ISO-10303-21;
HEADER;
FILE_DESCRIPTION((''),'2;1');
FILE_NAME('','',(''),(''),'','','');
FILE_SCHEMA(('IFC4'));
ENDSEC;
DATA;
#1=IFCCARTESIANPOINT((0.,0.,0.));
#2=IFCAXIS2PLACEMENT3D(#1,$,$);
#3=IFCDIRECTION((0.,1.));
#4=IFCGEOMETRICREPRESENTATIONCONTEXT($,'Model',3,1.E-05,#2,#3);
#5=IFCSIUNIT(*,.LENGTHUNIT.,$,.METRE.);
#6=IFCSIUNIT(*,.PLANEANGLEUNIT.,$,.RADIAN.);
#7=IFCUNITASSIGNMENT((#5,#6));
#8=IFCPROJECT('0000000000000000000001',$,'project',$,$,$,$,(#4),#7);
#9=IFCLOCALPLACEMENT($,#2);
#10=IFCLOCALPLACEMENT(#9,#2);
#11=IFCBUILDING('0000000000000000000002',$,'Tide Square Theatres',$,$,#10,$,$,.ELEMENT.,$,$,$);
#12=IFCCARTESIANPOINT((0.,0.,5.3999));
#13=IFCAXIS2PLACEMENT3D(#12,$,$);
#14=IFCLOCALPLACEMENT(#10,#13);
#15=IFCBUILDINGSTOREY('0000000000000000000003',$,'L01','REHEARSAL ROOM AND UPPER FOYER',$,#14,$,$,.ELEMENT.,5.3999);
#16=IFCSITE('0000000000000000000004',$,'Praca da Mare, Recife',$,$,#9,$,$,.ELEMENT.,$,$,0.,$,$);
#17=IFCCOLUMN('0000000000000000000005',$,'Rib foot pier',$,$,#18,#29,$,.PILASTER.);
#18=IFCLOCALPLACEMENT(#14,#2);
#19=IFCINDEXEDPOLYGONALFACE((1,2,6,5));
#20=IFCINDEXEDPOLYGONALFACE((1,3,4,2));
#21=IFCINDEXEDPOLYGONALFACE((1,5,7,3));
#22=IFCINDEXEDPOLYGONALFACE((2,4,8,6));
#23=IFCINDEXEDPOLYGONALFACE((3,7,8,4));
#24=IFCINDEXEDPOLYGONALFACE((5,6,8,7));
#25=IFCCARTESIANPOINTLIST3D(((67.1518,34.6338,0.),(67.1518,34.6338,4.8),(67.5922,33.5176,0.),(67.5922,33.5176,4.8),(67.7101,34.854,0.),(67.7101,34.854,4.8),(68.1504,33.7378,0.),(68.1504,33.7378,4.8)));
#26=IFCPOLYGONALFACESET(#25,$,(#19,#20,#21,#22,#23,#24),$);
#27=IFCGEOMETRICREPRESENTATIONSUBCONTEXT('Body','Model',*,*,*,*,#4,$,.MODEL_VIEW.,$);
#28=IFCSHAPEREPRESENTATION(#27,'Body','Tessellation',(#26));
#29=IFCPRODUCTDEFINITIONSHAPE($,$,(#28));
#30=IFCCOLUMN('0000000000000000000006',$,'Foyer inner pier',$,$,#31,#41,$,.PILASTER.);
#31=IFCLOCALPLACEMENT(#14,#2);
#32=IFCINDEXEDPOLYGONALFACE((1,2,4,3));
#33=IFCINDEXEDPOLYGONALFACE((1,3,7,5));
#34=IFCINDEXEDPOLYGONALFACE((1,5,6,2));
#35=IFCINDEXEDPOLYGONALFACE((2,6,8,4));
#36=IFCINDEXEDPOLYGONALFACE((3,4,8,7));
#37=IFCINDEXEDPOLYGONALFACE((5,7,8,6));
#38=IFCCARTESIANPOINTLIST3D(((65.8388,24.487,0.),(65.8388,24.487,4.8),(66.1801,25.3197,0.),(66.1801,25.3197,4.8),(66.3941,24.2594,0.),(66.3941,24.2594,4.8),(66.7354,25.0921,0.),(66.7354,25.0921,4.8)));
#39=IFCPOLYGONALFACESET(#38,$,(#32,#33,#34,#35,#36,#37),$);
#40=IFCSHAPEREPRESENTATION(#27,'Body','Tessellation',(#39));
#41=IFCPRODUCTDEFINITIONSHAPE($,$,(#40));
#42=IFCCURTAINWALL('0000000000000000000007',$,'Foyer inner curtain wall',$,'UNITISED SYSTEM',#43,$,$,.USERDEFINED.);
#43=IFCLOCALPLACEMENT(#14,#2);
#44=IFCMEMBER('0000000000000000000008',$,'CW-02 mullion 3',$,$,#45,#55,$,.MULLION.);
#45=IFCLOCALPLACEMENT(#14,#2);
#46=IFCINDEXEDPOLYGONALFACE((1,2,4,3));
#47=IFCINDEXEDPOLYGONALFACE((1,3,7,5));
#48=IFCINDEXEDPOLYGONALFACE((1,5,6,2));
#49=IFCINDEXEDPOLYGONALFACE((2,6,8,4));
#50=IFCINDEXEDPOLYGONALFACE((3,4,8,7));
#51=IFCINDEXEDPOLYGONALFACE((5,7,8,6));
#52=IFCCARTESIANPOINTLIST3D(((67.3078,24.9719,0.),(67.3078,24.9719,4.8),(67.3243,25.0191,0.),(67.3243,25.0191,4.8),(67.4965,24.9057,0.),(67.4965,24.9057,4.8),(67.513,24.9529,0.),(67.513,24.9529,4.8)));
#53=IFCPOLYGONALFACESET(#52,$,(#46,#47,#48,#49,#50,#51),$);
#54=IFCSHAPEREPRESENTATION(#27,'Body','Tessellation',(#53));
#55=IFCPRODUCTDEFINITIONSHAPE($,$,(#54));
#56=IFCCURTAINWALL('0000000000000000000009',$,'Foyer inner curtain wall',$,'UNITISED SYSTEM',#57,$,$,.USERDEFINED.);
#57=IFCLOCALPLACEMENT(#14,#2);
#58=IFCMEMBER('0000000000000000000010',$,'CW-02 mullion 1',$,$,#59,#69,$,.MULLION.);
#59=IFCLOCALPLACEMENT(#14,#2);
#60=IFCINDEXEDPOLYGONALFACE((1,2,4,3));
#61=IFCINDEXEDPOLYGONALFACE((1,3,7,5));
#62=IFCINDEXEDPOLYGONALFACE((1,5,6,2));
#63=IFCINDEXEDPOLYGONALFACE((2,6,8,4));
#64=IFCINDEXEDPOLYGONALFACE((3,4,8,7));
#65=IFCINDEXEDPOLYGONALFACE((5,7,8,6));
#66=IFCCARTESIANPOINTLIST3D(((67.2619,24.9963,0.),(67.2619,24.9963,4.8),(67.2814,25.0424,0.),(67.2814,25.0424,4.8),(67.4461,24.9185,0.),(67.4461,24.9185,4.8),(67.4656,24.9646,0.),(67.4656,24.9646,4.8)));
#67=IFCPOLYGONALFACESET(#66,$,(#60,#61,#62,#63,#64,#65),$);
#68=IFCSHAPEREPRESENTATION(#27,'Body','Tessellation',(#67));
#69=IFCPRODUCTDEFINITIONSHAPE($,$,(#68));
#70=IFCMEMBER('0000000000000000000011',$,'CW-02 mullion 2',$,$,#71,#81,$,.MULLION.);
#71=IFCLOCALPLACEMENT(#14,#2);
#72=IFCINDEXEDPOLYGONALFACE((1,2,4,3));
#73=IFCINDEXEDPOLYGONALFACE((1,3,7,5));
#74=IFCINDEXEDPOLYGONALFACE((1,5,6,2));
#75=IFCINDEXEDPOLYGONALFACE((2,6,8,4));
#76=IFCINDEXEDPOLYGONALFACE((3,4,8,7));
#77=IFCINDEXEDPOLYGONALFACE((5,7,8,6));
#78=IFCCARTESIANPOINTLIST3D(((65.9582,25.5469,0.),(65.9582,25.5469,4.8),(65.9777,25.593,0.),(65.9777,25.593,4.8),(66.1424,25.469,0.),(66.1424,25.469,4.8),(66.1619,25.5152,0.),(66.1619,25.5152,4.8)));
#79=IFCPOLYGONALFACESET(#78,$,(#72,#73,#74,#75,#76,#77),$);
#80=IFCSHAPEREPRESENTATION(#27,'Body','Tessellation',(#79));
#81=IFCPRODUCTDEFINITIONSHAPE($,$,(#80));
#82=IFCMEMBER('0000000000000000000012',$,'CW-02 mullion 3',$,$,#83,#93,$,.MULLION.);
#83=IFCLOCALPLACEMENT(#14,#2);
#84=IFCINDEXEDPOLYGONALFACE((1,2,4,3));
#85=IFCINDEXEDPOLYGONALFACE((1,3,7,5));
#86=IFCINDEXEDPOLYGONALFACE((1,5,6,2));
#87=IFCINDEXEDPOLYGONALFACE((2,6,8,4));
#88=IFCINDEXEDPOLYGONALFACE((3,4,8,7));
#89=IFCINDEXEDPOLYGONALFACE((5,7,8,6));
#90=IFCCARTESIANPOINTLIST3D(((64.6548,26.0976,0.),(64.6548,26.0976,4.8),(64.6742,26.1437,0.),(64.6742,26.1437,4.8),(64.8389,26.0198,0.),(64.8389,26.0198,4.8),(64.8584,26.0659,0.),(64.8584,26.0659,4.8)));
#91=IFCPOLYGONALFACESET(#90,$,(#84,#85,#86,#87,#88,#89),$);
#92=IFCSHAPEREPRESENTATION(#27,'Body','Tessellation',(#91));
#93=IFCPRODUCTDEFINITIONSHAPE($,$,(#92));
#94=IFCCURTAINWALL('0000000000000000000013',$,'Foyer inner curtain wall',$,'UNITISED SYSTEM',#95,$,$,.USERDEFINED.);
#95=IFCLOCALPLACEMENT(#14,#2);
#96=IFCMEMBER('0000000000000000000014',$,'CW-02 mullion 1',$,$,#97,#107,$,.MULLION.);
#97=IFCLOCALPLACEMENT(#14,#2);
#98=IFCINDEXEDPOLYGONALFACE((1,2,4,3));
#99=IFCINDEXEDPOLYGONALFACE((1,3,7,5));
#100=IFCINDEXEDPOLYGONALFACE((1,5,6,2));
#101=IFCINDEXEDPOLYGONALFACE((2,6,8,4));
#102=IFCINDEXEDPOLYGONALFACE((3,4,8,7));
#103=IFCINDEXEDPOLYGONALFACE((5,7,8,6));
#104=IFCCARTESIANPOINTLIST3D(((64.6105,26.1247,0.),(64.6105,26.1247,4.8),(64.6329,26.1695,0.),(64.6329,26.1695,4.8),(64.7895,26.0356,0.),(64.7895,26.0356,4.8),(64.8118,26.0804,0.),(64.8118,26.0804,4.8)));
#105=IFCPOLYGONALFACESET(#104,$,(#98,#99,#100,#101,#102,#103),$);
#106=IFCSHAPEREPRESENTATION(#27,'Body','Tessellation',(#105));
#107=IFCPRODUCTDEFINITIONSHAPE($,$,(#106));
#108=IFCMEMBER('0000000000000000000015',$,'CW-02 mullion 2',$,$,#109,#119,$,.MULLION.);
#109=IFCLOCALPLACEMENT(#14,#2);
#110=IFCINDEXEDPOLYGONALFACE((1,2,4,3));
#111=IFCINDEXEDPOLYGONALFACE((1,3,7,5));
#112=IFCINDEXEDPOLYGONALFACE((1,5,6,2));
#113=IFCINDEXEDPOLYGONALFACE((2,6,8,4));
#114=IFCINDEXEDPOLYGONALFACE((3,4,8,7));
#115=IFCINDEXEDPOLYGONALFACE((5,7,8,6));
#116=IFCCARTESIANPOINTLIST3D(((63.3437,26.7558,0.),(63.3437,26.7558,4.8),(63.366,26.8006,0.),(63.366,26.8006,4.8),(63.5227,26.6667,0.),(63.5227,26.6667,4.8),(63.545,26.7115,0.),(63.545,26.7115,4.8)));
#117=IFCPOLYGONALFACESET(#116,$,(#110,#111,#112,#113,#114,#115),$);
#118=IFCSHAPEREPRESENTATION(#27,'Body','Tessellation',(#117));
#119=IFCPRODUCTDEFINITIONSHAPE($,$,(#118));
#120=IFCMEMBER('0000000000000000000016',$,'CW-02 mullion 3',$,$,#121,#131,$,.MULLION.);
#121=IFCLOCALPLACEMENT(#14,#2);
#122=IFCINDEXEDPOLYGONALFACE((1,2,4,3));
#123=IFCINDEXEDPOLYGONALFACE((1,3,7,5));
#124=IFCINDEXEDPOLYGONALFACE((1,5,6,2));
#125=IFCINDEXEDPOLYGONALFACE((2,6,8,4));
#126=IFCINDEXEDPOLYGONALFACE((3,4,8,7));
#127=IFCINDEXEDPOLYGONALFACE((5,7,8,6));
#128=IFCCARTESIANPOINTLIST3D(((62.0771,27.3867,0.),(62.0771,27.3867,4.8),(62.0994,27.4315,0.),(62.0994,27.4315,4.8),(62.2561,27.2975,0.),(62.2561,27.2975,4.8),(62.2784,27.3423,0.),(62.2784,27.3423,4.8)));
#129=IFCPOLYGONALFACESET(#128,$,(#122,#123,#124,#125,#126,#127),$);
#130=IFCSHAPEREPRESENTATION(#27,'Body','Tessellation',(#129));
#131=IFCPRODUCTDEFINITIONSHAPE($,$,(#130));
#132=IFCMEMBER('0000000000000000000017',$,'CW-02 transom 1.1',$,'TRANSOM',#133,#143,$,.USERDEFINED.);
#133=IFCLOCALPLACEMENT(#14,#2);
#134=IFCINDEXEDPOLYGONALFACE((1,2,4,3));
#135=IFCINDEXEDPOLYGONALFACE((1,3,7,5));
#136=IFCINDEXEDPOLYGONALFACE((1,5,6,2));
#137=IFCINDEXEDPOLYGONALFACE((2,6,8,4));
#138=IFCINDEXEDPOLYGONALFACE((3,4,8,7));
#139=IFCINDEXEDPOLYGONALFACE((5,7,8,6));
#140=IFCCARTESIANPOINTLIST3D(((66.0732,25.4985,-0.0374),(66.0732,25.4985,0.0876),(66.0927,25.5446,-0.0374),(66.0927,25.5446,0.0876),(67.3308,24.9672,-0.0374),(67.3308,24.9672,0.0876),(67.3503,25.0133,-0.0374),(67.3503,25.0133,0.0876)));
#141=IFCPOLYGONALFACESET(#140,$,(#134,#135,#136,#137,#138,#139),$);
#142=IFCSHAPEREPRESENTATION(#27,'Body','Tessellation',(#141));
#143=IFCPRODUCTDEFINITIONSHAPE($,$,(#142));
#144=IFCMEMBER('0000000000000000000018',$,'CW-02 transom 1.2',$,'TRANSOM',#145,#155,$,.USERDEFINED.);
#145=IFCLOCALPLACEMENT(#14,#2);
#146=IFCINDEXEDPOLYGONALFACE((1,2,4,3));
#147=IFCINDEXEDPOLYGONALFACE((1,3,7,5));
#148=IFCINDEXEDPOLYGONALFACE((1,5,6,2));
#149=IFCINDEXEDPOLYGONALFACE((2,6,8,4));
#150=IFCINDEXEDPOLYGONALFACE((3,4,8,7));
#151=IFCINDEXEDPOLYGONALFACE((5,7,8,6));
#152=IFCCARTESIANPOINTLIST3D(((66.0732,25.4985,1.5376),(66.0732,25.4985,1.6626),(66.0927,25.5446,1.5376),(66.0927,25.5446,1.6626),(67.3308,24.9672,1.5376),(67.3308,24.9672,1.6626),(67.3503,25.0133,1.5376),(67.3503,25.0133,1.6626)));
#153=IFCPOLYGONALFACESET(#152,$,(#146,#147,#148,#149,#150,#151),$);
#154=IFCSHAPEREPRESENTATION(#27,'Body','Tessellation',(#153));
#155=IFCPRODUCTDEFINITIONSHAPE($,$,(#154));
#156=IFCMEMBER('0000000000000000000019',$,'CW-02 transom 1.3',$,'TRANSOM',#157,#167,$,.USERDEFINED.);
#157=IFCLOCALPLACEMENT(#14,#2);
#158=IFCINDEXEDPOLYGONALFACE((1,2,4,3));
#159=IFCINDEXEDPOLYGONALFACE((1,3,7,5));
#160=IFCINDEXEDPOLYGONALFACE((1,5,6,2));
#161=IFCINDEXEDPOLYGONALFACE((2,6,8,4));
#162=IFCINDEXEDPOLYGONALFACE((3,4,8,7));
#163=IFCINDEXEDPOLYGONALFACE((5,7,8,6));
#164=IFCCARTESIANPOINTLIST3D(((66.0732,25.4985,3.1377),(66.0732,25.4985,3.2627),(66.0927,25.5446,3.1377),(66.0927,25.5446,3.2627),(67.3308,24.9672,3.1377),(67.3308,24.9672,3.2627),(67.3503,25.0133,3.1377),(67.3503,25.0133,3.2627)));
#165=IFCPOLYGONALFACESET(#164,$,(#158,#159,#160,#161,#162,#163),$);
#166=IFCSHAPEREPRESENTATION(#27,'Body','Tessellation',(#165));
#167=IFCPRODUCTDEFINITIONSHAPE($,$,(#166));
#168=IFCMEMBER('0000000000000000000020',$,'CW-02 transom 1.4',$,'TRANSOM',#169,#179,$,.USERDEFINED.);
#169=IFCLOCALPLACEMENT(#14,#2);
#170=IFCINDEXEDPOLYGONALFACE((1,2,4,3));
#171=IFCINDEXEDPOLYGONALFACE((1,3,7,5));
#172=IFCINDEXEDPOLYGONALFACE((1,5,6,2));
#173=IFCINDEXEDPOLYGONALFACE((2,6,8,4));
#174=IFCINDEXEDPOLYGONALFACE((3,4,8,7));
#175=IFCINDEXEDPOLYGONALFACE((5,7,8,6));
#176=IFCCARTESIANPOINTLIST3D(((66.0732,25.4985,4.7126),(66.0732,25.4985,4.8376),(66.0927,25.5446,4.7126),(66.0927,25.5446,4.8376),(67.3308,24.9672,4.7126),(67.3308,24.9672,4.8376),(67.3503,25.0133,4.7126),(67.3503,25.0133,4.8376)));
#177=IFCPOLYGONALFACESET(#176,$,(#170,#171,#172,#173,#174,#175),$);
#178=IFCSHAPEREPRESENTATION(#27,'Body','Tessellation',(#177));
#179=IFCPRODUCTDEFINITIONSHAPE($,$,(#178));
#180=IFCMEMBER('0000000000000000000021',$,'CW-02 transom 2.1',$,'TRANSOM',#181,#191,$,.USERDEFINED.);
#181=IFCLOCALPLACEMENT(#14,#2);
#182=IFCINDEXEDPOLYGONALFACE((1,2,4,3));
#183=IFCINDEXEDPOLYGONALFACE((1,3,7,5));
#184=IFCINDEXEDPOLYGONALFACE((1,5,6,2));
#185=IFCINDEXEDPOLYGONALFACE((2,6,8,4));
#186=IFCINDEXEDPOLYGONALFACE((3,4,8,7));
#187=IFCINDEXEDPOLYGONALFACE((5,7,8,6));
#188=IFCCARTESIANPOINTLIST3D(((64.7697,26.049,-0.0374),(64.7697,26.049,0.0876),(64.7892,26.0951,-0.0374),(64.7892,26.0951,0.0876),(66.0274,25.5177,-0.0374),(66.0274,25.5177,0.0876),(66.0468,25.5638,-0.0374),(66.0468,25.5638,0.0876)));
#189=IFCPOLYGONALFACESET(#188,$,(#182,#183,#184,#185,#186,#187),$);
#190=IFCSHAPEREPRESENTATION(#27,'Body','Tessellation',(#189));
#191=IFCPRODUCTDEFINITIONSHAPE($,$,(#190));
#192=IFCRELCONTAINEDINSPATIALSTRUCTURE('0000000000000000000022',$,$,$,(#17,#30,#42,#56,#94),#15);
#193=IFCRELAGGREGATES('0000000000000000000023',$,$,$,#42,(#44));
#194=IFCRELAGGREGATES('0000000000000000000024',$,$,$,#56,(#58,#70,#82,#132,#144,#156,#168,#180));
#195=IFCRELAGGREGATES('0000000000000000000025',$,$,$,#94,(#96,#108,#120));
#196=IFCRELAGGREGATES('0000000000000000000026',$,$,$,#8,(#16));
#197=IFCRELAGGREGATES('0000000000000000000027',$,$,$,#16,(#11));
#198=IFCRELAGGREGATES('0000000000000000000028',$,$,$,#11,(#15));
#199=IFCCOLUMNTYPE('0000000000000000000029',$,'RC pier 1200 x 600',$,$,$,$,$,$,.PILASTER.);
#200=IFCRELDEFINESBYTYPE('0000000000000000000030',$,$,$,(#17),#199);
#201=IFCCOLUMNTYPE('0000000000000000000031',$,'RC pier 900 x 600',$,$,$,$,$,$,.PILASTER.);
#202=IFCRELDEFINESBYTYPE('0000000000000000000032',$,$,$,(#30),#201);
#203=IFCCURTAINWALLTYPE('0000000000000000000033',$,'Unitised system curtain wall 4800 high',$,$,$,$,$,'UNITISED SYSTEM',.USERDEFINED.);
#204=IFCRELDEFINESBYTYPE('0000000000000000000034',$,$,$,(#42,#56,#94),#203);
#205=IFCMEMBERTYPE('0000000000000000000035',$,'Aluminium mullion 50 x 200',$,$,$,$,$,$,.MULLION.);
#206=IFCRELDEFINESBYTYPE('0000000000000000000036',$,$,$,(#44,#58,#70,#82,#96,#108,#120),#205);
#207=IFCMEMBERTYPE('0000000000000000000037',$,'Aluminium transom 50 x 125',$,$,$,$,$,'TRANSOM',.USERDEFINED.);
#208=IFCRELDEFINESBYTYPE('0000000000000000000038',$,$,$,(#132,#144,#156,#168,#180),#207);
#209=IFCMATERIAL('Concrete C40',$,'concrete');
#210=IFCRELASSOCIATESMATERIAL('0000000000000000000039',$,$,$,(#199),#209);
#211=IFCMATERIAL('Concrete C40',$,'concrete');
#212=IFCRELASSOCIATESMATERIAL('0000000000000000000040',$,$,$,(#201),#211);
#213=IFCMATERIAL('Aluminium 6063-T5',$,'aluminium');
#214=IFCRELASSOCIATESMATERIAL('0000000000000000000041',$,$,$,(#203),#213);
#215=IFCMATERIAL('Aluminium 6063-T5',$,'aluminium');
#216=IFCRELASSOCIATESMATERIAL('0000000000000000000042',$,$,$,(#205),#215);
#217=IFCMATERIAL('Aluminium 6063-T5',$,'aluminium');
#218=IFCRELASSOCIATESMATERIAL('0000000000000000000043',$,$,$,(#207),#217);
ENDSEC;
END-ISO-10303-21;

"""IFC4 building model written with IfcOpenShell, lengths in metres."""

from ifc_helpers import new_model, si_unit, direction, frame, origin, origin_2d, place, context, subcontext, project, spatial, rectangle, extrude, material, material_profile, profile_set, type_object, element, aggregate, save


model = new_model("IFC4")

# Units and contexts
model_context = context("Model", 3, precision=1e-05, world=origin(), true_north=direction((0.0, 1.0)))
body_context = subcontext(model_context, "Body", "Model", "MODEL_VIEW")
ifc_project = project(units=[si_unit("LENGTHUNIT", "METRE"), si_unit("PLANEANGLEUNIT", "RADIAN")], contexts=[model_context])

# Site, building, storey
site_placement = place(None, origin())
site = spatial("IfcSite", under=ifc_project, at=site_placement, Name="Praca da Mare, Recife", CompositionType="ELEMENT", RefElevation=0.0)
building_placement = place(site_placement, origin())
building = spatial("IfcBuilding", under=site, at=building_placement, Name="Tide Square Theatres", CompositionType="ELEMENT")
storey_placement = place(building_placement, frame((0.0, 0.0, 5.3999)))
storey = spatial("IfcBuildingStorey", under=building, at=storey_placement, Name="L01", Description="REHEARSAL ROOM AND UPPER FOYER", CompositionType="ELEMENT", Elevation=5.3999)

# Columns
ifc_material_1 = material(Name="Concrete C40", Category="concrete")
ifc_material_profile_1 = material_profile(ifc_material_1, rectangle(XDim=1.2, YDim=0.6001, at=origin_2d()))
ifc_profile_set_1 = profile_set([ifc_material_profile_1], Name="Concrete C40")
column_type_1 = type_object("IfcColumnType", Name="RC pier 1200 x 600", PredefinedType="PILASTER", material=ifc_profile_set_1)
column_1_placement = place(storey_placement, frame((67.6511, 34.1858, 0.0), z_axis=(0.0, 0.0, 1.0), x_axis=(0.366956, -0.930238, 0.0)))
element("IfcColumn", 1, at=column_1_placement, inside=storey, type_object=column_type_1, Name="Rib foot pier", PredefinedType="PILASTER", context=body_context, shape_type="SweptSolid", body=[
    extrude(rectangle(XDim=1.2, YDim=0.6001, at=origin_2d()), origin(), (0.0, 0.0, 1.0), 4.8),
])
ifc_material_2 = material(Name="Concrete C40", Category="concrete")
ifc_material_profile_2 = material_profile(ifc_material_2, rectangle(XDim=0.8999, YDim=0.6001, at=origin_2d()))
ifc_profile_set_2 = profile_set([ifc_material_profile_2], Name="Concrete C40")
column_type_2 = type_object("IfcColumnType", Name="RC pier 900 x 600", PredefinedType="PILASTER", material=ifc_profile_set_2)
column_2_placement = place(storey_placement, frame((66.2871, 24.7896, 0.0), z_axis=(0.0, 0.0, 1.0), x_axis=(-0.379288, -0.925279, 0.0)))
element("IfcColumn", 2, at=column_2_placement, inside=storey, type_object=column_type_2, Name="Foyer inner pier", PredefinedType="PILASTER", context=body_context, shape_type="SweptSolid", body=[
    extrude(rectangle(XDim=0.8999, YDim=0.6001, at=origin_2d()), origin(), (0.0, 0.0, 1.0), 4.8),
])

# Curtain wall, member
ifc_material_3 = material(Name="Aluminium 6063-T5", Category="aluminium")
curtain_wall_type = type_object("IfcCurtainWallType", Name="Unitised system curtain wall 4800 high", ElementType="UNITISED SYSTEM", PredefinedType="USERDEFINED", material=ifc_material_3)
curtain_wall_1_placement = place(storey_placement, origin())
curtain_wall_1 = element("IfcCurtainWall", 3, at=curtain_wall_1_placement, inside=storey, type_object=curtain_wall_type, Name="Foyer inner curtain wall", ObjectType="UNITISED SYSTEM", PredefinedType="USERDEFINED")
ifc_material_4 = material(Name="Aluminium 6063-T5", Category="aluminium")
ifc_material_profile_3 = material_profile(ifc_material_4, rectangle(XDim=0.05, YDim=0.2, at=origin_2d()))
ifc_profile_set_3 = profile_set([ifc_material_profile_3], Name="Aluminium 6063-T5")
member_type_1 = type_object("IfcMemberType", Name="Aluminium mullion 50 x 200", PredefinedType="MULLION", material=ifc_profile_set_3)
member_1_placement = place(storey_placement, frame((67.4104, 24.9624, 0.0), z_axis=(0.0, 0.0, 1.0), x_axis=(-0.330876, -0.943674, 0.0)))
member_1 = element("IfcMember", 4, at=member_1_placement, type_object=member_type_1, Name="CW-02 mullion 3", PredefinedType="MULLION", context=body_context, shape_type="SweptSolid", body=[
    extrude(rectangle(XDim=0.05, YDim=0.2, at=origin_2d()), origin(), (0.0, 0.0, 1.0), 4.8),
])
aggregate(curtain_wall_1, [member_1])

# Curtain walls, members
curtain_wall_2_placement = place(storey_placement, origin())
curtain_wall_2 = element("IfcCurtainWall", 5, at=curtain_wall_2_placement, inside=storey, type_object=curtain_wall_type, Name="Foyer inner curtain wall", ObjectType="UNITISED SYSTEM", PredefinedType="USERDEFINED")
member_2_placement = place(storey_placement, frame((67.3638, 24.9805, 0.0), z_axis=(0.0, 0.0, 1.0), x_axis=(-0.389137, -0.92118, 0.0)))
member_2 = element("IfcMember", 6, at=member_2_placement, type_object=member_type_1, Name="CW-02 mullion 1", PredefinedType="MULLION", context=body_context, shape_type="SweptSolid", body=[
    extrude(rectangle(XDim=0.05, YDim=0.2, at=origin_2d()), origin(), (0.0, 0.0, 1.0), 4.8),
])
member_3_placement = place(storey_placement, frame((66.0601, 25.531, 0.0), z_axis=(0.0, 0.0, 1.0), x_axis=(-0.389137, -0.92118, 0.0)))
member_3 = element("IfcMember", 7, at=member_3_placement, type_object=member_type_1, Name="CW-02 mullion 2", PredefinedType="MULLION", context=body_context, shape_type="SweptSolid", body=[
    extrude(rectangle(XDim=0.05, YDim=0.2, at=origin_2d()), origin(), (0.0, 0.0, 1.0), 4.8),
])
member_4_placement = place(storey_placement, frame((64.7566, 26.0818, 0.0), z_axis=(0.0, 0.0, 1.0), x_axis=(-0.389137, -0.92118, 0.0)))
member_4 = element("IfcMember", 8, at=member_4_placement, type_object=member_type_1, Name="CW-02 mullion 3", PredefinedType="MULLION", context=body_context, shape_type="SweptSolid", body=[
    extrude(rectangle(XDim=0.05, YDim=0.2, at=origin_2d()), origin(), (0.0, 0.0, 1.0), 4.8),
])
curtain_wall_3_placement = place(storey_placement, origin())
curtain_wall_3 = element("IfcCurtainWall", 9, at=curtain_wall_3_placement, inside=storey, type_object=curtain_wall_type, Name="Foyer inner curtain wall", ObjectType="UNITISED SYSTEM", PredefinedType="USERDEFINED")
member_5_placement = place(storey_placement, frame((64.7112, 26.1025, 0.0), z_axis=(0.0, 0.0, 1.0), x_axis=(-0.445866, -0.8951, 0.0)))
member_5 = element("IfcMember", 10, at=member_5_placement, type_object=member_type_1, Name="CW-02 mullion 1", PredefinedType="MULLION", context=body_context, shape_type="SweptSolid", body=[
    extrude(rectangle(XDim=0.05, YDim=0.2, at=origin_2d()), origin(), (0.0, 0.0, 1.0), 4.8),
])
member_6_placement = place(storey_placement, frame((63.4443, 26.7336, 0.0), z_axis=(0.0, 0.0, 1.0), x_axis=(-0.445866, -0.8951, 0.0)))
member_6 = element("IfcMember", 11, at=member_6_placement, type_object=member_type_1, Name="CW-02 mullion 2", PredefinedType="MULLION", context=body_context, shape_type="SweptSolid", body=[
    extrude(rectangle(XDim=0.05, YDim=0.2, at=origin_2d()), origin(), (0.0, 0.0, 1.0), 4.8),
])
member_7_placement = place(storey_placement, frame((62.1777, 27.3645, 0.0), z_axis=(0.0, 0.0, 1.0), x_axis=(-0.445866, -0.8951, 0.0)))
member_7 = element("IfcMember", 12, at=member_7_placement, type_object=member_type_1, Name="CW-02 mullion 3", PredefinedType="MULLION", context=body_context, shape_type="SweptSolid", body=[
    extrude(rectangle(XDim=0.05, YDim=0.2, at=origin_2d()), origin(), (0.0, 0.0, 1.0), 4.8),
])

# Members
ifc_material_5 = material(Name="Aluminium 6063-T5", Category="aluminium")
ifc_material_profile_4 = material_profile(ifc_material_5, rectangle(XDim=0.05, YDim=0.125, at=origin_2d()))
ifc_profile_set_4 = profile_set([ifc_material_profile_4], Name="Aluminium 6063-T5")
member_type_2 = type_object("IfcMemberType", Name="Aluminium transom 50 x 125", ElementType="TRANSOM", PredefinedType="USERDEFINED", material=ifc_profile_set_4)
member_8_placement = place(storey_placement, frame((67.3406, 24.9902, 0.0251), z_axis=(-0.921177, 0.389144, 0.0), x_axis=(-0.389144, -0.921177, 0.0)))
member_8 = element("IfcMember", 13, at=member_8_placement, type_object=member_type_2, Name="CW-02 transom 1.1", ObjectType="TRANSOM", PredefinedType="USERDEFINED", context=body_context, shape_type="SweptSolid", body=[
    extrude(rectangle(XDim=0.05, YDim=0.125, at=origin_2d()), origin(), (0.0, 0.0, 1.0), 1.3652),
])
member_9_placement = place(storey_placement, frame((67.3406, 24.9902, 1.6001), z_axis=(-0.921177, 0.389144, 0.0), x_axis=(-0.389144, -0.921177, 0.0)))
member_9 = element("IfcMember", 14, at=member_9_placement, type_object=member_type_2, Name="CW-02 transom 1.2", ObjectType="TRANSOM", PredefinedType="USERDEFINED", context=body_context, shape_type="SweptSolid", body=[
    extrude(rectangle(XDim=0.05, YDim=0.125, at=origin_2d()), origin(), (0.0, 0.0, 1.0), 1.3652),
])
member_10_placement = place(storey_placement, frame((67.3406, 24.9902, 3.2002), z_axis=(-0.921177, 0.389144, 0.0), x_axis=(-0.389144, -0.921177, 0.0)))
member_10 = element("IfcMember", 15, at=member_10_placement, type_object=member_type_2, Name="CW-02 transom 1.3", ObjectType="TRANSOM", PredefinedType="USERDEFINED", context=body_context, shape_type="SweptSolid", body=[
    extrude(rectangle(XDim=0.05, YDim=0.125, at=origin_2d()), origin(), (0.0, 0.0, 1.0), 1.3652),
])
member_11_placement = place(storey_placement, frame((67.3406, 24.9902, 4.7751), z_axis=(-0.921177, 0.389144, 0.0), x_axis=(-0.389144, -0.921177, 0.0)))
member_11 = element("IfcMember", 16, at=member_11_placement, type_object=member_type_2, Name="CW-02 transom 1.4", ObjectType="TRANSOM", PredefinedType="USERDEFINED", context=body_context, shape_type="SweptSolid", body=[
    extrude(rectangle(XDim=0.05, YDim=0.125, at=origin_2d()), origin(), (0.0, 0.0, 1.0), 1.3652),
])
member_12_placement = place(storey_placement, frame((66.0371, 25.5408, 0.0251), z_axis=(-0.921177, 0.389144, 0.0), x_axis=(-0.389144, -0.921177, 0.0)))
member_12 = element("IfcMember", 17, at=member_12_placement, type_object=member_type_2, Name="CW-02 transom 2.1", ObjectType="TRANSOM", PredefinedType="USERDEFINED", context=body_context, shape_type="SweptSolid", body=[
    extrude(rectangle(XDim=0.05, YDim=0.125, at=origin_2d()), origin(), (0.0, 0.0, 1.0), 1.3652),
])

aggregate(curtain_wall_2, [member_2, member_3, member_4, member_8, member_9, member_10, member_11, member_12])
aggregate(curtain_wall_3, [member_5, member_6, member_7])

save(model, "model.ifc")
